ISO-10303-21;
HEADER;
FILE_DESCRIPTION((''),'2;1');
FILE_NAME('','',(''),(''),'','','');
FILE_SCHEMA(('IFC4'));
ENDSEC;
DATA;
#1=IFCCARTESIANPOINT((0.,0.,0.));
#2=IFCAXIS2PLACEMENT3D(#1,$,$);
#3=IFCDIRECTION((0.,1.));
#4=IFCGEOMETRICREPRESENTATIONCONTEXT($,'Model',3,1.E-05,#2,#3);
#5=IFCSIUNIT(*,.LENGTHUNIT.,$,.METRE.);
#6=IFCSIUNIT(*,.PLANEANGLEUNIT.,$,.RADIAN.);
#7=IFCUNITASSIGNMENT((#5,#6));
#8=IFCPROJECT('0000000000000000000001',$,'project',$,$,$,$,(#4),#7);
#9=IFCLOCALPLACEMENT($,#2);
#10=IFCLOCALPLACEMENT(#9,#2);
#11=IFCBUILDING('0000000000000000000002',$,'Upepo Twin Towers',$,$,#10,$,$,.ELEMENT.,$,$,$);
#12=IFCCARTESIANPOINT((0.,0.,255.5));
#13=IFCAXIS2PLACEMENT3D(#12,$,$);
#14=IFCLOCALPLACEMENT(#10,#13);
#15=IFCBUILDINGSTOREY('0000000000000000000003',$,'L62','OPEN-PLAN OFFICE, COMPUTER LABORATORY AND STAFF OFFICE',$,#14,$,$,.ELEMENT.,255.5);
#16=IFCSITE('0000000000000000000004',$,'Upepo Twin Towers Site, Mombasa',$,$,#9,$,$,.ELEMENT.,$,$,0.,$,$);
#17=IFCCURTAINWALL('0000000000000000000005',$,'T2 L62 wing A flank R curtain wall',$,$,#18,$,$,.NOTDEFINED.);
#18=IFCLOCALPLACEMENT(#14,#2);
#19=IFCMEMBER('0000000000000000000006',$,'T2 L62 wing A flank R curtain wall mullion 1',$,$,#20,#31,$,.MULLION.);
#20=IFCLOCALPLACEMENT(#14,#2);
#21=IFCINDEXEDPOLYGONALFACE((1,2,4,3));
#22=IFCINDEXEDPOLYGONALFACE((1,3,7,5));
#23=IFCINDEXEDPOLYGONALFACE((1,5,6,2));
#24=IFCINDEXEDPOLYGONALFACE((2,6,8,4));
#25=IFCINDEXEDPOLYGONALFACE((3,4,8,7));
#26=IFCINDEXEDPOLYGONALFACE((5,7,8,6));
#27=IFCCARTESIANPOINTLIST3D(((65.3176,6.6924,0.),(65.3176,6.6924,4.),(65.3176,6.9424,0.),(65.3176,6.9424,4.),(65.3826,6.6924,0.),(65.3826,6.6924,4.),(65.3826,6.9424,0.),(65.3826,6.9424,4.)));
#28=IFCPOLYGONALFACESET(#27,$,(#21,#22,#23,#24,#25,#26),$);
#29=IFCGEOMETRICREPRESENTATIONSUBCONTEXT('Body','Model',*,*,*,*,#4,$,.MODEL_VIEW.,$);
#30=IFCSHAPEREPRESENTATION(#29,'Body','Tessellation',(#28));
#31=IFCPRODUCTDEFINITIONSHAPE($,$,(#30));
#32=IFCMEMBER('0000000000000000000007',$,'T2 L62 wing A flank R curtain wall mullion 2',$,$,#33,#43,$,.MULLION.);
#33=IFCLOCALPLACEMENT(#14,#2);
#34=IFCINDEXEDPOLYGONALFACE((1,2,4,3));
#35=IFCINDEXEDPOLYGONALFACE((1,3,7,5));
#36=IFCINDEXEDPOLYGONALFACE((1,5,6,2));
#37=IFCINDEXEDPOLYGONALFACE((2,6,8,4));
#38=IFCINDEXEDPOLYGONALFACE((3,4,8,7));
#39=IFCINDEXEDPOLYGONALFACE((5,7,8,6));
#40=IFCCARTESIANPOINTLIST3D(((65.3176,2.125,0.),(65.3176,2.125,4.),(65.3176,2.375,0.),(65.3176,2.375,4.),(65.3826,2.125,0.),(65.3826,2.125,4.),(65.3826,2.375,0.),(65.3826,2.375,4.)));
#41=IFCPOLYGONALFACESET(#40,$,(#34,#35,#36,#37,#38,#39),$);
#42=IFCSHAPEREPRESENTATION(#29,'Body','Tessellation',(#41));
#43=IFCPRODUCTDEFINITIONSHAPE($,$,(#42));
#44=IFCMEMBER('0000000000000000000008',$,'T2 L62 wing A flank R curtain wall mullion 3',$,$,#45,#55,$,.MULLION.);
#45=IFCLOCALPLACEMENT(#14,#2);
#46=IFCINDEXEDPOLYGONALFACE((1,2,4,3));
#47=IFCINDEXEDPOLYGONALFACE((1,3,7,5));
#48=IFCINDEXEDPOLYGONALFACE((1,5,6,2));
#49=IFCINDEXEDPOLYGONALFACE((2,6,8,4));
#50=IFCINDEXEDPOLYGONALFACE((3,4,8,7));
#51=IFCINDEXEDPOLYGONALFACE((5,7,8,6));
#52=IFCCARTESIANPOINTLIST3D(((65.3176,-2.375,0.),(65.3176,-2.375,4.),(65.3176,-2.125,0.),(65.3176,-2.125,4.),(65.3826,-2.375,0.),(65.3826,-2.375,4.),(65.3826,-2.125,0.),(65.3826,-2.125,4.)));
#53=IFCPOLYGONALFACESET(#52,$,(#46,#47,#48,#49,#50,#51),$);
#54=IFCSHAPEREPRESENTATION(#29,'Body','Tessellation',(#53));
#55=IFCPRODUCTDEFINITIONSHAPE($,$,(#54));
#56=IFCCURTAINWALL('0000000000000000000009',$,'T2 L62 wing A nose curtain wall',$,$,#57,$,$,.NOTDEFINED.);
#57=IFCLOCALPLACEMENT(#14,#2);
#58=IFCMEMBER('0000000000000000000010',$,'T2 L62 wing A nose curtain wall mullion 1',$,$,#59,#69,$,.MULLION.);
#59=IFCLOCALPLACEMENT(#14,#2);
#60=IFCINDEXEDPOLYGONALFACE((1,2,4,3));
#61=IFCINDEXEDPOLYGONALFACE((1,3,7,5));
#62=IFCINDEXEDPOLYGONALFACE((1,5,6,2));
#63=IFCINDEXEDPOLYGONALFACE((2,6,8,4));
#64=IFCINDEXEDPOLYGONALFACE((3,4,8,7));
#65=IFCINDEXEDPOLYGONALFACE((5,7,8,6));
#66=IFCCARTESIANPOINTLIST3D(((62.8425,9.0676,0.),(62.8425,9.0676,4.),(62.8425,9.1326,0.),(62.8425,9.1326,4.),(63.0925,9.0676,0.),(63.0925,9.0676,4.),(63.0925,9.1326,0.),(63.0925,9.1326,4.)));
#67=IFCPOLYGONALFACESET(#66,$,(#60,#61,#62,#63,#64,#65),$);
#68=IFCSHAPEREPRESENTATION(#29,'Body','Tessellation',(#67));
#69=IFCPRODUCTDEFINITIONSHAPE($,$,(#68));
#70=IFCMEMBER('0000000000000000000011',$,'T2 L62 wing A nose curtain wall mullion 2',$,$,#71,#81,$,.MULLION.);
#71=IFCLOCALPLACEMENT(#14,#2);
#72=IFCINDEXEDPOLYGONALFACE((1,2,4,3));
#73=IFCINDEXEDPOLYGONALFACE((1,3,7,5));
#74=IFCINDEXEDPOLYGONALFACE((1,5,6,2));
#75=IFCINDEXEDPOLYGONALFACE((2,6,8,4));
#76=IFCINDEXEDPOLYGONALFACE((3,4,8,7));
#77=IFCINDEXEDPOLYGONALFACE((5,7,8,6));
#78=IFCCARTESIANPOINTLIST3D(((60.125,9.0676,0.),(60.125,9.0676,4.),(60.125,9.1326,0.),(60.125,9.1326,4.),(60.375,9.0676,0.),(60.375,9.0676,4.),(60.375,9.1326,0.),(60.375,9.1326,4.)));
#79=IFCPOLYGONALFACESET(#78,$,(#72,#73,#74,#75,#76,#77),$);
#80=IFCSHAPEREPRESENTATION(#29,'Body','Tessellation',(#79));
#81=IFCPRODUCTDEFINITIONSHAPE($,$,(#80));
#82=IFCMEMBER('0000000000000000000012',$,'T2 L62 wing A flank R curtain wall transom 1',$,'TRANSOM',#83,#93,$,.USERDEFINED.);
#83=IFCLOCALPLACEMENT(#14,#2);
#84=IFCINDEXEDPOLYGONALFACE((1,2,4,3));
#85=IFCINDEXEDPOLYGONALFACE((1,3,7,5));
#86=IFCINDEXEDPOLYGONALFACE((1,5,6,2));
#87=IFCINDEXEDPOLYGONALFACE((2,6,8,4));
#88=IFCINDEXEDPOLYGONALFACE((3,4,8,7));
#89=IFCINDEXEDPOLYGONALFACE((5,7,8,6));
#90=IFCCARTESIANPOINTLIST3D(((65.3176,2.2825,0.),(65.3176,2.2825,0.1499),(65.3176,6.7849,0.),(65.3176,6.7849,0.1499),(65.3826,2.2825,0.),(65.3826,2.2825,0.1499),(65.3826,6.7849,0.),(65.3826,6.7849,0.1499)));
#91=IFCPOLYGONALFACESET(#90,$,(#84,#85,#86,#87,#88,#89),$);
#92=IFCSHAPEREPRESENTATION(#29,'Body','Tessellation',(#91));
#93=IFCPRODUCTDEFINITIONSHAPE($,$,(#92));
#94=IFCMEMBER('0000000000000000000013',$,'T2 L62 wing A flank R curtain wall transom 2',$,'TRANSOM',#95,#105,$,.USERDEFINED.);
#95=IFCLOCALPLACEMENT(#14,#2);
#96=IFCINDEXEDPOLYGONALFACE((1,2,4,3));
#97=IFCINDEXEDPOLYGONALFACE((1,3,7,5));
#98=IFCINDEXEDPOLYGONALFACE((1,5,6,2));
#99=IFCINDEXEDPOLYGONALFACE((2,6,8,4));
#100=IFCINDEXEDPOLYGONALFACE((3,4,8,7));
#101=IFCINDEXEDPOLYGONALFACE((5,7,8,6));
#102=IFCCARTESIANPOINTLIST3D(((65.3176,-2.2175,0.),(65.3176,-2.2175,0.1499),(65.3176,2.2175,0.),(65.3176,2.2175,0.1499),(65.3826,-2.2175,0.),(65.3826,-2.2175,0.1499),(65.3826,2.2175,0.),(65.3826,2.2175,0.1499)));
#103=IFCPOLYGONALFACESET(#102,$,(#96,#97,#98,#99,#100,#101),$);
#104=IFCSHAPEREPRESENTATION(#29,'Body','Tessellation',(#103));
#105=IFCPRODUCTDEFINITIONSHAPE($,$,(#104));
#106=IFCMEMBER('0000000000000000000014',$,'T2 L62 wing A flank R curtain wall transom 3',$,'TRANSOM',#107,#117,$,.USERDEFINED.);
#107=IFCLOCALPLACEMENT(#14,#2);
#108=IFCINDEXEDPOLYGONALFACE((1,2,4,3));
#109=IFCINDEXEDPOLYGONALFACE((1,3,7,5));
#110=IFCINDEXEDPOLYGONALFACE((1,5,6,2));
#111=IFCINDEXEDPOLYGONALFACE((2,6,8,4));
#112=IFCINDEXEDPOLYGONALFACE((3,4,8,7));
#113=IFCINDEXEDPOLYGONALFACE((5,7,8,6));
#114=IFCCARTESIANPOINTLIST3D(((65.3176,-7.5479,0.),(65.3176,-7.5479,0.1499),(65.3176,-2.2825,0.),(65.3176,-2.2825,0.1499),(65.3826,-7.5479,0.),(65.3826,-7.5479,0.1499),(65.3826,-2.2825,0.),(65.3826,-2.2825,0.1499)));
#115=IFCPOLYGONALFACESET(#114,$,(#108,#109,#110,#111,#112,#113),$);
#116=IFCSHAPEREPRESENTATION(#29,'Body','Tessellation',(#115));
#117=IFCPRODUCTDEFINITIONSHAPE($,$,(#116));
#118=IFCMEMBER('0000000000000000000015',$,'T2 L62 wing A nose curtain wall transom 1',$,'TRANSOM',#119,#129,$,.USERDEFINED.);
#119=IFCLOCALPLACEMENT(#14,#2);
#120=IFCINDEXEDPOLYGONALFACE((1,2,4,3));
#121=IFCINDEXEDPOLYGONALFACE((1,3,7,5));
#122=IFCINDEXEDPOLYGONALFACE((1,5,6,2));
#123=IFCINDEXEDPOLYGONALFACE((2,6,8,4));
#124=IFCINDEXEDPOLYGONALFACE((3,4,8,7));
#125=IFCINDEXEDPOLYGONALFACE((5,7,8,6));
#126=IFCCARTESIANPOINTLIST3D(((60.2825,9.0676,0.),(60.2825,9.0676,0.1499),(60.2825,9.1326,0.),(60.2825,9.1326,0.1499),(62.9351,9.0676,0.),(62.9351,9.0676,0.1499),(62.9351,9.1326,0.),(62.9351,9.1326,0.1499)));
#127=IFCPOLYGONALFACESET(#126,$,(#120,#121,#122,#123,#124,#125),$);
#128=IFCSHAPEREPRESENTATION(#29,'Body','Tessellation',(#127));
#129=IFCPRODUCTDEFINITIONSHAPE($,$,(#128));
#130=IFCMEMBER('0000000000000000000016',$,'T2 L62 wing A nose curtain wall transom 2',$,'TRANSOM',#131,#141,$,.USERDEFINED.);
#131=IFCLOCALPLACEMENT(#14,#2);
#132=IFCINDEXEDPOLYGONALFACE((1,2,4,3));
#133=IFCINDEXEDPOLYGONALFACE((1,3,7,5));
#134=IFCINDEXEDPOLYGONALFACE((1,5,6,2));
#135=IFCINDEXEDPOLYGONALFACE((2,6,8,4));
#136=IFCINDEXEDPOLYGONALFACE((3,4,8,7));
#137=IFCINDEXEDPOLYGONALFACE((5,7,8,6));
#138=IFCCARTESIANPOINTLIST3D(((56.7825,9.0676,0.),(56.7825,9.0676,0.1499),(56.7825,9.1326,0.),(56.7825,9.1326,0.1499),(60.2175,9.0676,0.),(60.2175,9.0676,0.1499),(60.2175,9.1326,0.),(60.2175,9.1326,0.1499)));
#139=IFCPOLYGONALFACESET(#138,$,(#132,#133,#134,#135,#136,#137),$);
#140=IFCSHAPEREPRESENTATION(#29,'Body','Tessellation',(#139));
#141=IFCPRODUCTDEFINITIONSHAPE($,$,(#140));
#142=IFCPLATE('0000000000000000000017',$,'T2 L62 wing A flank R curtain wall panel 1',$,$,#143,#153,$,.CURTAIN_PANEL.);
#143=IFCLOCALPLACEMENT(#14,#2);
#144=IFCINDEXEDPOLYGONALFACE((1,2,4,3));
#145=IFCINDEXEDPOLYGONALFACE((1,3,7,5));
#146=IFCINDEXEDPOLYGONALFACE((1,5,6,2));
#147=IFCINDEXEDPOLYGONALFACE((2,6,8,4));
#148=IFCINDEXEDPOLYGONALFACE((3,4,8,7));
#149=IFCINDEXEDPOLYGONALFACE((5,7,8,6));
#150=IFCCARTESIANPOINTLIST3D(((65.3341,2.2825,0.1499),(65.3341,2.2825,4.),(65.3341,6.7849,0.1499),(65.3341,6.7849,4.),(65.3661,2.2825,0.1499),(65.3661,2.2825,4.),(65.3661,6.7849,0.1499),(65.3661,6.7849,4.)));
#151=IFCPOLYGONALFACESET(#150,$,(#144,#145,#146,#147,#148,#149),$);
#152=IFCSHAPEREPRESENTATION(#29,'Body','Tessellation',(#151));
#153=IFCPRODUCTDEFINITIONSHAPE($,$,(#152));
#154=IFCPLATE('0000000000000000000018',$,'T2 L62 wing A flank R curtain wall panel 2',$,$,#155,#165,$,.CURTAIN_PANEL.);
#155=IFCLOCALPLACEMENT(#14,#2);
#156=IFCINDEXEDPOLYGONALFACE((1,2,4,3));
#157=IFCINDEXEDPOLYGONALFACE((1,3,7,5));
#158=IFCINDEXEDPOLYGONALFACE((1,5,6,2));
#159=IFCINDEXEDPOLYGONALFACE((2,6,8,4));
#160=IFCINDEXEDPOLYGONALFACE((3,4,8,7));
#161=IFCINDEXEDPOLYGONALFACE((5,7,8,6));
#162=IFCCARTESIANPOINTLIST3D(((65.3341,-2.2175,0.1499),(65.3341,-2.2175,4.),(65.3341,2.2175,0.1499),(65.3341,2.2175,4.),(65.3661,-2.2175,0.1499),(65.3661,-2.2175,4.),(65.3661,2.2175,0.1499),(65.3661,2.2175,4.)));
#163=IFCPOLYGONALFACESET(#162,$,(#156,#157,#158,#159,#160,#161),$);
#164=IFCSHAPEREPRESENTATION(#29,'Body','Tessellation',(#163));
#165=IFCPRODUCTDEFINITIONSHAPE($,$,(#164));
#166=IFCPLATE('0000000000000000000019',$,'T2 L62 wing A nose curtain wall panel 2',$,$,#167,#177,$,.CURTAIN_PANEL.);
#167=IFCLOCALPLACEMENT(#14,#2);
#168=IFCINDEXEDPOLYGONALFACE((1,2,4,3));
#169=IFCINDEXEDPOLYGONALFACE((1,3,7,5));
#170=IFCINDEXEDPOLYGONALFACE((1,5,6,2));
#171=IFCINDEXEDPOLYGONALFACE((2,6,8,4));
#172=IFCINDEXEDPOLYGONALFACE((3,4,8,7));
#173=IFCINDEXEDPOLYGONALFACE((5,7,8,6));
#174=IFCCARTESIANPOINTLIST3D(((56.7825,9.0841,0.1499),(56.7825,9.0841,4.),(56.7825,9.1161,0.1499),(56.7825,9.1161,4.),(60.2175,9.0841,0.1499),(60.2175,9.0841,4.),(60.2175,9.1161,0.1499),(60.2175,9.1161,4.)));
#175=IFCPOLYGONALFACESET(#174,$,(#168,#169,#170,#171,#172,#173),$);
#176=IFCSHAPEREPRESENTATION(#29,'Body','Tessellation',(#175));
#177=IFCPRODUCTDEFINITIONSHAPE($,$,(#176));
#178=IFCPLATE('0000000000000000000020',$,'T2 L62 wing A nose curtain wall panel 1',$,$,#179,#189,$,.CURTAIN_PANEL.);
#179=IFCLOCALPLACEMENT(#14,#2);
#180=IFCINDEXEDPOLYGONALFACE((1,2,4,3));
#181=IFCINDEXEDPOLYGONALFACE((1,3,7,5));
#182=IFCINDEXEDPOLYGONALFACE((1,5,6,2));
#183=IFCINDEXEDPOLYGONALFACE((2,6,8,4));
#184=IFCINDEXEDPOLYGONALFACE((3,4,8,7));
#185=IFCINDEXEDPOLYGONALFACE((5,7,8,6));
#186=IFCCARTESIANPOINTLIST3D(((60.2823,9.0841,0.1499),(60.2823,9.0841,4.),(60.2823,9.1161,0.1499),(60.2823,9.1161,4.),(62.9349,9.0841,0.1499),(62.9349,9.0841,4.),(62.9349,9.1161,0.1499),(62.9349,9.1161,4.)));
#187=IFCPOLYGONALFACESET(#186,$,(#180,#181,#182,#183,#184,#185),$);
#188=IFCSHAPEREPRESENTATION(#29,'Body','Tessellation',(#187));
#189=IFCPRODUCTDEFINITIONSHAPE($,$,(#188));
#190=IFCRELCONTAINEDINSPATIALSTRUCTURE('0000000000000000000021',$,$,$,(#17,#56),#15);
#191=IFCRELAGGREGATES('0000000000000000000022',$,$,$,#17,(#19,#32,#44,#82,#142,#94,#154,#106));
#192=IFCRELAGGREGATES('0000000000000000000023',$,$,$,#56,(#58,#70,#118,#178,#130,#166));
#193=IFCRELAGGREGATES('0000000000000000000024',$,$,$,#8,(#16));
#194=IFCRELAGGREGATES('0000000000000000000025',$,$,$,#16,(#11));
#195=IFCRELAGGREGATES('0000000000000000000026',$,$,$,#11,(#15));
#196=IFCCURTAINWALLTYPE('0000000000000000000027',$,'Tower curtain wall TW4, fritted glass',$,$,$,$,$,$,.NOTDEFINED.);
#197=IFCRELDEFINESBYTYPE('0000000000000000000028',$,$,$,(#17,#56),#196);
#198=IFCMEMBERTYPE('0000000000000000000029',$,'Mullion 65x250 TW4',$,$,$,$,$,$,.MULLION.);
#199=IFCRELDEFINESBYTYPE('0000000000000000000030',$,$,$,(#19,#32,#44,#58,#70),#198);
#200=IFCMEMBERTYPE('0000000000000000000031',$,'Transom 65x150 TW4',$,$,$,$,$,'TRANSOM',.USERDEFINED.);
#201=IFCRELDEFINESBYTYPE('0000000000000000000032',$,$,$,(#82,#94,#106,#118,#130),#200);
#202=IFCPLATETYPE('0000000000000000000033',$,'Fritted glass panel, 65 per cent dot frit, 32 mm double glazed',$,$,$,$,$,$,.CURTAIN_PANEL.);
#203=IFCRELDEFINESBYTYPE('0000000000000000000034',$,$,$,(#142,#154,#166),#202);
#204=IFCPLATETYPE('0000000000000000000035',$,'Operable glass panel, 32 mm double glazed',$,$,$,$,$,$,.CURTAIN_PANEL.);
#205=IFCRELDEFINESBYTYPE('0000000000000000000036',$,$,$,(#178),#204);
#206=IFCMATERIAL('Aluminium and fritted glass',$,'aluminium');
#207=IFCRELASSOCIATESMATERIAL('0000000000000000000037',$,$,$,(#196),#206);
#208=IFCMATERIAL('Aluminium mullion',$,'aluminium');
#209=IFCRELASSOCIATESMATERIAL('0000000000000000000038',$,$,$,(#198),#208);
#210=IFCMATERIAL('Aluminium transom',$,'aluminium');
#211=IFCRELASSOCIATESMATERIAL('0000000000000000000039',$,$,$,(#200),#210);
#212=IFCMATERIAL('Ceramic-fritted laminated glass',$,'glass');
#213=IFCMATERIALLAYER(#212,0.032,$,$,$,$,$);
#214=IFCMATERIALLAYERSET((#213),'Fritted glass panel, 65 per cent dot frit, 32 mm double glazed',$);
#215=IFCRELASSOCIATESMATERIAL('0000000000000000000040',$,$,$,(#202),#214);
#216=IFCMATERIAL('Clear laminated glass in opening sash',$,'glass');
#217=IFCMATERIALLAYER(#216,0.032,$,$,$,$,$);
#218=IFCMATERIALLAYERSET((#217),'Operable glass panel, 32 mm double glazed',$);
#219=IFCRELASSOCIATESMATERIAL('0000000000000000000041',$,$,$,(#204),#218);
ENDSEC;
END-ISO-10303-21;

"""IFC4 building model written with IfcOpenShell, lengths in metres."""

from ifc_helpers import new_model, si_unit, direction, frame, origin, origin_2d, place, context, subcontext, project, spatial, rectangle, extrude, material, layer, layer_set, material_profile, profile_set, type_object, element, aggregate, save


model = new_model("IFC4")

# Units and contexts
model_context = context("Model", 3, precision=1e-05, world=origin(), true_north=direction((0.0, 1.0)))
body_context = subcontext(model_context, "Body", "Model", "MODEL_VIEW")
ifc_project = project(units=[si_unit("LENGTHUNIT", "METRE"), si_unit("PLANEANGLEUNIT", "RADIAN")], contexts=[model_context])

# Site, building, storey
site_placement = place(None, origin())
site = spatial("IfcSite", under=ifc_project, at=site_placement, Name="Upepo Twin Towers Site, Mombasa", CompositionType="ELEMENT", RefElevation=0.0)
building_placement = place(site_placement, origin())
building = spatial("IfcBuilding", under=site, at=building_placement, Name="Upepo Twin Towers", CompositionType="ELEMENT")
storey_placement = place(building_placement, frame((0.0, 0.0, 255.5)))
storey = spatial("IfcBuildingStorey", under=building, at=storey_placement, Name="L62", Description="OPEN-PLAN OFFICE, COMPUTER LABORATORY AND STAFF OFFICE", CompositionType="ELEMENT", Elevation=255.5)

# Curtain walls, members
ifc_material_1 = material(Name="Aluminium and fritted glass", Category="aluminium")
curtain_wall_type = type_object("IfcCurtainWallType", Name="Tower curtain wall TW4, fritted glass", PredefinedType="NOTDEFINED", material=ifc_material_1)
curtain_wall_1_placement = place(storey_placement, origin())
curtain_wall_1 = element("IfcCurtainWall", 1, at=curtain_wall_1_placement, inside=storey, type_object=curtain_wall_type, Name="T2 L62 wing A flank R curtain wall", PredefinedType="NOTDEFINED")
ifc_material_2 = material(Name="Aluminium mullion", Category="aluminium")
ifc_material_profile_1 = material_profile(ifc_material_2, rectangle(XDim=0.0649, YDim=0.25, at=origin_2d()), Name="MULLION 65x250")
ifc_profile_set_1 = profile_set([ifc_material_profile_1], Name="Aluminium mullion")
member_type_1 = type_object("IfcMemberType", Name="Mullion 65x250 TW4", PredefinedType="MULLION", material=ifc_profile_set_1)
member_1_placement = place(storey_placement, frame((65.3501, 6.8174, 0.0), z_axis=(0.0, 0.0, 1.0), x_axis=(1.0, 0.0, 0.0)))
member_1 = element("IfcMember", 2, at=member_1_placement, type_object=member_type_1, Name="T2 L62 wing A flank R curtain wall mullion 1", PredefinedType="MULLION", context=body_context, shape_type="SweptSolid", body=[
    extrude(rectangle(XDim=0.0649, YDim=0.25, at=origin_2d()), origin(), (0.0, 0.0, 1.0), 4.0),
])
member_2_placement = place(storey_placement, frame((65.3501, 2.25, 0.0), z_axis=(0.0, 0.0, 1.0), x_axis=(1.0, 0.0, 0.0)))
member_2 = element("IfcMember", 3, at=member_2_placement, type_object=member_type_1, Name="T2 L62 wing A flank R curtain wall mullion 2", PredefinedType="MULLION", context=body_context, shape_type="SweptSolid", body=[
    extrude(rectangle(XDim=0.0649, YDim=0.25, at=origin_2d()), origin(), (0.0, 0.0, 1.0), 4.0),
])
member_3_placement = place(storey_placement, frame((65.3501, -2.25, 0.0), z_axis=(0.0, 0.0, 1.0), x_axis=(1.0, 0.0, 0.0)))
member_3 = element("IfcMember", 4, at=member_3_placement, type_object=member_type_1, Name="T2 L62 wing A flank R curtain wall mullion 3", PredefinedType="MULLION", context=body_context, shape_type="SweptSolid", body=[
    extrude(rectangle(XDim=0.0649, YDim=0.25, at=origin_2d()), origin(), (0.0, 0.0, 1.0), 4.0),
])
curtain_wall_2_placement = place(storey_placement, origin())
curtain_wall_2 = element("IfcCurtainWall", 5, at=curtain_wall_2_placement, inside=storey, type_object=curtain_wall_type, Name="T2 L62 wing A nose curtain wall", PredefinedType="NOTDEFINED")
member_4_placement = place(storey_placement, frame((62.9675, 9.1001, 0.0), z_axis=(0.0, 0.0, 1.0), x_axis=(0.0, -1.0, 0.0)))
member_4 = element("IfcMember", 6, at=member_4_placement, type_object=member_type_1, Name="T2 L62 wing A nose curtain wall mullion 1", PredefinedType="MULLION", context=body_context, shape_type="SweptSolid", body=[
    extrude(rectangle(XDim=0.0649, YDim=0.25, at=origin_2d()), origin(), (0.0, 0.0, 1.0), 4.0),
])
member_5_placement = place(storey_placement, frame((60.25, 9.1001, 0.0), z_axis=(0.0, 0.0, 1.0), x_axis=(0.0, -1.0, 0.0)))
member_5 = element("IfcMember", 7, at=member_5_placement, type_object=member_type_1, Name="T2 L62 wing A nose curtain wall mullion 2", PredefinedType="MULLION", context=body_context, shape_type="SweptSolid", body=[
    extrude(rectangle(XDim=0.0649, YDim=0.25, at=origin_2d()), origin(), (0.0, 0.0, 1.0), 4.0),
])

# Members
ifc_material_3 = material(Name="Aluminium transom", Category="aluminium")
ifc_material_profile_2 = material_profile(ifc_material_3, rectangle(XDim=0.0649, YDim=0.1499, at=origin_2d()), Name="TRANSOM 65x150")
ifc_profile_set_2 = profile_set([ifc_material_profile_2], Name="Aluminium transom")
member_type_2 = type_object("IfcMemberType", Name="Transom 65x150 TW4", ElementType="TRANSOM", PredefinedType="USERDEFINED", material=ifc_profile_set_2)
member_6_placement = place(storey_placement, frame((65.3501, 6.7849, 0.075), z_axis=(0.0, -1.0, 0.0), x_axis=(1.0, 0.0, 0.0)))
member_6 = element("IfcMember", 8, at=member_6_placement, type_object=member_type_2, Name="T2 L62 wing A flank R curtain wall transom 1", ObjectType="TRANSOM", PredefinedType="USERDEFINED", context=body_context, shape_type="SweptSolid", body=[
    extrude(rectangle(XDim=0.0649, YDim=0.1499, at=origin_2d()), origin(), (0.0, 0.0, 1.0), 4.5024),
])
member_7_placement = place(storey_placement, frame((65.3501, 2.2175, 0.075), z_axis=(0.0, -1.0, 0.0), x_axis=(1.0, 0.0, 0.0)))
member_7 = element("IfcMember", 9, at=member_7_placement, type_object=member_type_2, Name="T2 L62 wing A flank R curtain wall transom 2", ObjectType="TRANSOM", PredefinedType="USERDEFINED", context=body_context, shape_type="SweptSolid", body=[
    extrude(rectangle(XDim=0.0649, YDim=0.1499, at=origin_2d()), origin(), (0.0, 0.0, 1.0), 4.4351),
])
member_8_placement = place(storey_placement, frame((65.3501, -2.2825, 0.075), z_axis=(0.0, -1.0, 0.0), x_axis=(1.0, 0.0, 0.0)))
member_8 = element("IfcMember", 10, at=member_8_placement, type_object=member_type_2, Name="T2 L62 wing A flank R curtain wall transom 3", ObjectType="TRANSOM", PredefinedType="USERDEFINED", context=body_context, shape_type="SweptSolid", body=[
    extrude(rectangle(XDim=0.0649, YDim=0.1499, at=origin_2d()), origin(), (0.0, 0.0, 1.0), 5.2654),
])
member_9_placement = place(storey_placement, frame((62.9351, 9.1001, 0.075), z_axis=(-1.0, 0.0, 0.0), x_axis=(0.0, -1.0, 0.0)))
member_9 = element("IfcMember", 11, at=member_9_placement, type_object=member_type_2, Name="T2 L62 wing A nose curtain wall transom 1", ObjectType="TRANSOM", PredefinedType="USERDEFINED", context=body_context, shape_type="SweptSolid", body=[
    extrude(rectangle(XDim=0.0649, YDim=0.1499, at=origin_2d()), origin(), (0.0, 0.0, 1.0), 2.6526),
])
member_10_placement = place(storey_placement, frame((60.2175, 9.1001, 0.075), z_axis=(-1.0, 0.0, 0.0), x_axis=(0.0, -1.0, 0.0)))
member_10 = element("IfcMember", 12, at=member_10_placement, type_object=member_type_2, Name="T2 L62 wing A nose curtain wall transom 2", ObjectType="TRANSOM", PredefinedType="USERDEFINED", context=body_context, shape_type="SweptSolid", body=[
    extrude(rectangle(XDim=0.0649, YDim=0.1499, at=origin_2d()), origin(), (0.0, 0.0, 1.0), 3.4351),
])

# Plates
ifc_material_4 = material(Name="Ceramic-fritted laminated glass", Category="glass")
ifc_layer_1 = layer(ifc_material_4, 0.032)
ifc_layer_set_1 = layer_set([ifc_layer_1], Name="Fritted glass panel, 65 per cent dot frit, 32 mm double glazed")
plate_type_1 = type_object("IfcPlateType", Name="Fritted glass panel, 65 per cent dot frit, 32 mm double glazed", PredefinedType="CURTAIN_PANEL", material=ifc_layer_set_1)
plate_1_placement = place(storey_placement, frame((65.3501, 4.5337, 0.1499), z_axis=(0.0, 0.0, 1.0), x_axis=(0.0, -1.0, 0.0)))
plate_1 = element("IfcPlate", 13, at=plate_1_placement, type_object=plate_type_1, Name="T2 L62 wing A flank R curtain wall panel 1", PredefinedType="CURTAIN_PANEL", context=body_context, shape_type="SweptSolid", body=[
    extrude(rectangle(XDim=4.5024, YDim=0.032, at=origin_2d()), origin(), (0.0, 0.0, 1.0), 3.8501),
])
plate_2_placement = place(storey_placement, frame((65.3501, 0.0, 0.1499), z_axis=(0.0, 0.0, 1.0), x_axis=(0.0, -1.0, 0.0)))
plate_2 = element("IfcPlate", 14, at=plate_2_placement, type_object=plate_type_1, Name="T2 L62 wing A flank R curtain wall panel 2", PredefinedType="CURTAIN_PANEL", context=body_context, shape_type="SweptSolid", body=[
    extrude(rectangle(XDim=4.4351, YDim=0.032, at=origin_2d()), origin(), (0.0, 0.0, 1.0), 3.8501),
])
aggregate(curtain_wall_1, [member_1, member_2, member_3, member_6, plate_1, member_7, plate_2, member_8])
plate_3_placement = place(storey_placement, frame((58.5, 9.1001, 0.1499), z_axis=(0.0, 0.0, 1.0), x_axis=(-1.0, 0.0, 0.0)))
plate_3 = element("IfcPlate", 15, at=plate_3_placement, type_object=plate_type_1, Name="T2 L62 wing A nose curtain wall panel 2", PredefinedType="CURTAIN_PANEL", context=body_context, shape_type="SweptSolid", body=[
    extrude(rectangle(XDim=3.4351, YDim=0.032, at=origin_2d()), origin(), (0.0, 0.0, 1.0), 3.8501),
])
ifc_material_5 = material(Name="Clear laminated glass in opening sash", Category="glass")
ifc_layer_2 = layer(ifc_material_5, 0.032)
ifc_layer_set_2 = layer_set([ifc_layer_2], Name="Operable glass panel, 32 mm double glazed")
plate_type_2 = type_object("IfcPlateType", Name="Operable glass panel, 32 mm double glazed", PredefinedType="CURTAIN_PANEL", material=ifc_layer_set_2)
plate_4_placement = place(storey_placement, frame((61.6086, 9.1001, 0.1499), z_axis=(0.0, 0.0, 1.0), x_axis=(-1.0, 0.0, 0.0)))
plate_4 = element("IfcPlate", 16, at=plate_4_placement, type_object=plate_type_2, Name="T2 L62 wing A nose curtain wall panel 1", PredefinedType="CURTAIN_PANEL", context=body_context, shape_type="SweptSolid", body=[
    extrude(rectangle(XDim=2.6526, YDim=0.032, at=origin_2d()), origin(), (0.0, 0.0, 1.0), 3.8501),
])
aggregate(curtain_wall_2, [member_4, member_5, member_9, plate_4, member_10, plate_3])

save(model, "model.ifc")
